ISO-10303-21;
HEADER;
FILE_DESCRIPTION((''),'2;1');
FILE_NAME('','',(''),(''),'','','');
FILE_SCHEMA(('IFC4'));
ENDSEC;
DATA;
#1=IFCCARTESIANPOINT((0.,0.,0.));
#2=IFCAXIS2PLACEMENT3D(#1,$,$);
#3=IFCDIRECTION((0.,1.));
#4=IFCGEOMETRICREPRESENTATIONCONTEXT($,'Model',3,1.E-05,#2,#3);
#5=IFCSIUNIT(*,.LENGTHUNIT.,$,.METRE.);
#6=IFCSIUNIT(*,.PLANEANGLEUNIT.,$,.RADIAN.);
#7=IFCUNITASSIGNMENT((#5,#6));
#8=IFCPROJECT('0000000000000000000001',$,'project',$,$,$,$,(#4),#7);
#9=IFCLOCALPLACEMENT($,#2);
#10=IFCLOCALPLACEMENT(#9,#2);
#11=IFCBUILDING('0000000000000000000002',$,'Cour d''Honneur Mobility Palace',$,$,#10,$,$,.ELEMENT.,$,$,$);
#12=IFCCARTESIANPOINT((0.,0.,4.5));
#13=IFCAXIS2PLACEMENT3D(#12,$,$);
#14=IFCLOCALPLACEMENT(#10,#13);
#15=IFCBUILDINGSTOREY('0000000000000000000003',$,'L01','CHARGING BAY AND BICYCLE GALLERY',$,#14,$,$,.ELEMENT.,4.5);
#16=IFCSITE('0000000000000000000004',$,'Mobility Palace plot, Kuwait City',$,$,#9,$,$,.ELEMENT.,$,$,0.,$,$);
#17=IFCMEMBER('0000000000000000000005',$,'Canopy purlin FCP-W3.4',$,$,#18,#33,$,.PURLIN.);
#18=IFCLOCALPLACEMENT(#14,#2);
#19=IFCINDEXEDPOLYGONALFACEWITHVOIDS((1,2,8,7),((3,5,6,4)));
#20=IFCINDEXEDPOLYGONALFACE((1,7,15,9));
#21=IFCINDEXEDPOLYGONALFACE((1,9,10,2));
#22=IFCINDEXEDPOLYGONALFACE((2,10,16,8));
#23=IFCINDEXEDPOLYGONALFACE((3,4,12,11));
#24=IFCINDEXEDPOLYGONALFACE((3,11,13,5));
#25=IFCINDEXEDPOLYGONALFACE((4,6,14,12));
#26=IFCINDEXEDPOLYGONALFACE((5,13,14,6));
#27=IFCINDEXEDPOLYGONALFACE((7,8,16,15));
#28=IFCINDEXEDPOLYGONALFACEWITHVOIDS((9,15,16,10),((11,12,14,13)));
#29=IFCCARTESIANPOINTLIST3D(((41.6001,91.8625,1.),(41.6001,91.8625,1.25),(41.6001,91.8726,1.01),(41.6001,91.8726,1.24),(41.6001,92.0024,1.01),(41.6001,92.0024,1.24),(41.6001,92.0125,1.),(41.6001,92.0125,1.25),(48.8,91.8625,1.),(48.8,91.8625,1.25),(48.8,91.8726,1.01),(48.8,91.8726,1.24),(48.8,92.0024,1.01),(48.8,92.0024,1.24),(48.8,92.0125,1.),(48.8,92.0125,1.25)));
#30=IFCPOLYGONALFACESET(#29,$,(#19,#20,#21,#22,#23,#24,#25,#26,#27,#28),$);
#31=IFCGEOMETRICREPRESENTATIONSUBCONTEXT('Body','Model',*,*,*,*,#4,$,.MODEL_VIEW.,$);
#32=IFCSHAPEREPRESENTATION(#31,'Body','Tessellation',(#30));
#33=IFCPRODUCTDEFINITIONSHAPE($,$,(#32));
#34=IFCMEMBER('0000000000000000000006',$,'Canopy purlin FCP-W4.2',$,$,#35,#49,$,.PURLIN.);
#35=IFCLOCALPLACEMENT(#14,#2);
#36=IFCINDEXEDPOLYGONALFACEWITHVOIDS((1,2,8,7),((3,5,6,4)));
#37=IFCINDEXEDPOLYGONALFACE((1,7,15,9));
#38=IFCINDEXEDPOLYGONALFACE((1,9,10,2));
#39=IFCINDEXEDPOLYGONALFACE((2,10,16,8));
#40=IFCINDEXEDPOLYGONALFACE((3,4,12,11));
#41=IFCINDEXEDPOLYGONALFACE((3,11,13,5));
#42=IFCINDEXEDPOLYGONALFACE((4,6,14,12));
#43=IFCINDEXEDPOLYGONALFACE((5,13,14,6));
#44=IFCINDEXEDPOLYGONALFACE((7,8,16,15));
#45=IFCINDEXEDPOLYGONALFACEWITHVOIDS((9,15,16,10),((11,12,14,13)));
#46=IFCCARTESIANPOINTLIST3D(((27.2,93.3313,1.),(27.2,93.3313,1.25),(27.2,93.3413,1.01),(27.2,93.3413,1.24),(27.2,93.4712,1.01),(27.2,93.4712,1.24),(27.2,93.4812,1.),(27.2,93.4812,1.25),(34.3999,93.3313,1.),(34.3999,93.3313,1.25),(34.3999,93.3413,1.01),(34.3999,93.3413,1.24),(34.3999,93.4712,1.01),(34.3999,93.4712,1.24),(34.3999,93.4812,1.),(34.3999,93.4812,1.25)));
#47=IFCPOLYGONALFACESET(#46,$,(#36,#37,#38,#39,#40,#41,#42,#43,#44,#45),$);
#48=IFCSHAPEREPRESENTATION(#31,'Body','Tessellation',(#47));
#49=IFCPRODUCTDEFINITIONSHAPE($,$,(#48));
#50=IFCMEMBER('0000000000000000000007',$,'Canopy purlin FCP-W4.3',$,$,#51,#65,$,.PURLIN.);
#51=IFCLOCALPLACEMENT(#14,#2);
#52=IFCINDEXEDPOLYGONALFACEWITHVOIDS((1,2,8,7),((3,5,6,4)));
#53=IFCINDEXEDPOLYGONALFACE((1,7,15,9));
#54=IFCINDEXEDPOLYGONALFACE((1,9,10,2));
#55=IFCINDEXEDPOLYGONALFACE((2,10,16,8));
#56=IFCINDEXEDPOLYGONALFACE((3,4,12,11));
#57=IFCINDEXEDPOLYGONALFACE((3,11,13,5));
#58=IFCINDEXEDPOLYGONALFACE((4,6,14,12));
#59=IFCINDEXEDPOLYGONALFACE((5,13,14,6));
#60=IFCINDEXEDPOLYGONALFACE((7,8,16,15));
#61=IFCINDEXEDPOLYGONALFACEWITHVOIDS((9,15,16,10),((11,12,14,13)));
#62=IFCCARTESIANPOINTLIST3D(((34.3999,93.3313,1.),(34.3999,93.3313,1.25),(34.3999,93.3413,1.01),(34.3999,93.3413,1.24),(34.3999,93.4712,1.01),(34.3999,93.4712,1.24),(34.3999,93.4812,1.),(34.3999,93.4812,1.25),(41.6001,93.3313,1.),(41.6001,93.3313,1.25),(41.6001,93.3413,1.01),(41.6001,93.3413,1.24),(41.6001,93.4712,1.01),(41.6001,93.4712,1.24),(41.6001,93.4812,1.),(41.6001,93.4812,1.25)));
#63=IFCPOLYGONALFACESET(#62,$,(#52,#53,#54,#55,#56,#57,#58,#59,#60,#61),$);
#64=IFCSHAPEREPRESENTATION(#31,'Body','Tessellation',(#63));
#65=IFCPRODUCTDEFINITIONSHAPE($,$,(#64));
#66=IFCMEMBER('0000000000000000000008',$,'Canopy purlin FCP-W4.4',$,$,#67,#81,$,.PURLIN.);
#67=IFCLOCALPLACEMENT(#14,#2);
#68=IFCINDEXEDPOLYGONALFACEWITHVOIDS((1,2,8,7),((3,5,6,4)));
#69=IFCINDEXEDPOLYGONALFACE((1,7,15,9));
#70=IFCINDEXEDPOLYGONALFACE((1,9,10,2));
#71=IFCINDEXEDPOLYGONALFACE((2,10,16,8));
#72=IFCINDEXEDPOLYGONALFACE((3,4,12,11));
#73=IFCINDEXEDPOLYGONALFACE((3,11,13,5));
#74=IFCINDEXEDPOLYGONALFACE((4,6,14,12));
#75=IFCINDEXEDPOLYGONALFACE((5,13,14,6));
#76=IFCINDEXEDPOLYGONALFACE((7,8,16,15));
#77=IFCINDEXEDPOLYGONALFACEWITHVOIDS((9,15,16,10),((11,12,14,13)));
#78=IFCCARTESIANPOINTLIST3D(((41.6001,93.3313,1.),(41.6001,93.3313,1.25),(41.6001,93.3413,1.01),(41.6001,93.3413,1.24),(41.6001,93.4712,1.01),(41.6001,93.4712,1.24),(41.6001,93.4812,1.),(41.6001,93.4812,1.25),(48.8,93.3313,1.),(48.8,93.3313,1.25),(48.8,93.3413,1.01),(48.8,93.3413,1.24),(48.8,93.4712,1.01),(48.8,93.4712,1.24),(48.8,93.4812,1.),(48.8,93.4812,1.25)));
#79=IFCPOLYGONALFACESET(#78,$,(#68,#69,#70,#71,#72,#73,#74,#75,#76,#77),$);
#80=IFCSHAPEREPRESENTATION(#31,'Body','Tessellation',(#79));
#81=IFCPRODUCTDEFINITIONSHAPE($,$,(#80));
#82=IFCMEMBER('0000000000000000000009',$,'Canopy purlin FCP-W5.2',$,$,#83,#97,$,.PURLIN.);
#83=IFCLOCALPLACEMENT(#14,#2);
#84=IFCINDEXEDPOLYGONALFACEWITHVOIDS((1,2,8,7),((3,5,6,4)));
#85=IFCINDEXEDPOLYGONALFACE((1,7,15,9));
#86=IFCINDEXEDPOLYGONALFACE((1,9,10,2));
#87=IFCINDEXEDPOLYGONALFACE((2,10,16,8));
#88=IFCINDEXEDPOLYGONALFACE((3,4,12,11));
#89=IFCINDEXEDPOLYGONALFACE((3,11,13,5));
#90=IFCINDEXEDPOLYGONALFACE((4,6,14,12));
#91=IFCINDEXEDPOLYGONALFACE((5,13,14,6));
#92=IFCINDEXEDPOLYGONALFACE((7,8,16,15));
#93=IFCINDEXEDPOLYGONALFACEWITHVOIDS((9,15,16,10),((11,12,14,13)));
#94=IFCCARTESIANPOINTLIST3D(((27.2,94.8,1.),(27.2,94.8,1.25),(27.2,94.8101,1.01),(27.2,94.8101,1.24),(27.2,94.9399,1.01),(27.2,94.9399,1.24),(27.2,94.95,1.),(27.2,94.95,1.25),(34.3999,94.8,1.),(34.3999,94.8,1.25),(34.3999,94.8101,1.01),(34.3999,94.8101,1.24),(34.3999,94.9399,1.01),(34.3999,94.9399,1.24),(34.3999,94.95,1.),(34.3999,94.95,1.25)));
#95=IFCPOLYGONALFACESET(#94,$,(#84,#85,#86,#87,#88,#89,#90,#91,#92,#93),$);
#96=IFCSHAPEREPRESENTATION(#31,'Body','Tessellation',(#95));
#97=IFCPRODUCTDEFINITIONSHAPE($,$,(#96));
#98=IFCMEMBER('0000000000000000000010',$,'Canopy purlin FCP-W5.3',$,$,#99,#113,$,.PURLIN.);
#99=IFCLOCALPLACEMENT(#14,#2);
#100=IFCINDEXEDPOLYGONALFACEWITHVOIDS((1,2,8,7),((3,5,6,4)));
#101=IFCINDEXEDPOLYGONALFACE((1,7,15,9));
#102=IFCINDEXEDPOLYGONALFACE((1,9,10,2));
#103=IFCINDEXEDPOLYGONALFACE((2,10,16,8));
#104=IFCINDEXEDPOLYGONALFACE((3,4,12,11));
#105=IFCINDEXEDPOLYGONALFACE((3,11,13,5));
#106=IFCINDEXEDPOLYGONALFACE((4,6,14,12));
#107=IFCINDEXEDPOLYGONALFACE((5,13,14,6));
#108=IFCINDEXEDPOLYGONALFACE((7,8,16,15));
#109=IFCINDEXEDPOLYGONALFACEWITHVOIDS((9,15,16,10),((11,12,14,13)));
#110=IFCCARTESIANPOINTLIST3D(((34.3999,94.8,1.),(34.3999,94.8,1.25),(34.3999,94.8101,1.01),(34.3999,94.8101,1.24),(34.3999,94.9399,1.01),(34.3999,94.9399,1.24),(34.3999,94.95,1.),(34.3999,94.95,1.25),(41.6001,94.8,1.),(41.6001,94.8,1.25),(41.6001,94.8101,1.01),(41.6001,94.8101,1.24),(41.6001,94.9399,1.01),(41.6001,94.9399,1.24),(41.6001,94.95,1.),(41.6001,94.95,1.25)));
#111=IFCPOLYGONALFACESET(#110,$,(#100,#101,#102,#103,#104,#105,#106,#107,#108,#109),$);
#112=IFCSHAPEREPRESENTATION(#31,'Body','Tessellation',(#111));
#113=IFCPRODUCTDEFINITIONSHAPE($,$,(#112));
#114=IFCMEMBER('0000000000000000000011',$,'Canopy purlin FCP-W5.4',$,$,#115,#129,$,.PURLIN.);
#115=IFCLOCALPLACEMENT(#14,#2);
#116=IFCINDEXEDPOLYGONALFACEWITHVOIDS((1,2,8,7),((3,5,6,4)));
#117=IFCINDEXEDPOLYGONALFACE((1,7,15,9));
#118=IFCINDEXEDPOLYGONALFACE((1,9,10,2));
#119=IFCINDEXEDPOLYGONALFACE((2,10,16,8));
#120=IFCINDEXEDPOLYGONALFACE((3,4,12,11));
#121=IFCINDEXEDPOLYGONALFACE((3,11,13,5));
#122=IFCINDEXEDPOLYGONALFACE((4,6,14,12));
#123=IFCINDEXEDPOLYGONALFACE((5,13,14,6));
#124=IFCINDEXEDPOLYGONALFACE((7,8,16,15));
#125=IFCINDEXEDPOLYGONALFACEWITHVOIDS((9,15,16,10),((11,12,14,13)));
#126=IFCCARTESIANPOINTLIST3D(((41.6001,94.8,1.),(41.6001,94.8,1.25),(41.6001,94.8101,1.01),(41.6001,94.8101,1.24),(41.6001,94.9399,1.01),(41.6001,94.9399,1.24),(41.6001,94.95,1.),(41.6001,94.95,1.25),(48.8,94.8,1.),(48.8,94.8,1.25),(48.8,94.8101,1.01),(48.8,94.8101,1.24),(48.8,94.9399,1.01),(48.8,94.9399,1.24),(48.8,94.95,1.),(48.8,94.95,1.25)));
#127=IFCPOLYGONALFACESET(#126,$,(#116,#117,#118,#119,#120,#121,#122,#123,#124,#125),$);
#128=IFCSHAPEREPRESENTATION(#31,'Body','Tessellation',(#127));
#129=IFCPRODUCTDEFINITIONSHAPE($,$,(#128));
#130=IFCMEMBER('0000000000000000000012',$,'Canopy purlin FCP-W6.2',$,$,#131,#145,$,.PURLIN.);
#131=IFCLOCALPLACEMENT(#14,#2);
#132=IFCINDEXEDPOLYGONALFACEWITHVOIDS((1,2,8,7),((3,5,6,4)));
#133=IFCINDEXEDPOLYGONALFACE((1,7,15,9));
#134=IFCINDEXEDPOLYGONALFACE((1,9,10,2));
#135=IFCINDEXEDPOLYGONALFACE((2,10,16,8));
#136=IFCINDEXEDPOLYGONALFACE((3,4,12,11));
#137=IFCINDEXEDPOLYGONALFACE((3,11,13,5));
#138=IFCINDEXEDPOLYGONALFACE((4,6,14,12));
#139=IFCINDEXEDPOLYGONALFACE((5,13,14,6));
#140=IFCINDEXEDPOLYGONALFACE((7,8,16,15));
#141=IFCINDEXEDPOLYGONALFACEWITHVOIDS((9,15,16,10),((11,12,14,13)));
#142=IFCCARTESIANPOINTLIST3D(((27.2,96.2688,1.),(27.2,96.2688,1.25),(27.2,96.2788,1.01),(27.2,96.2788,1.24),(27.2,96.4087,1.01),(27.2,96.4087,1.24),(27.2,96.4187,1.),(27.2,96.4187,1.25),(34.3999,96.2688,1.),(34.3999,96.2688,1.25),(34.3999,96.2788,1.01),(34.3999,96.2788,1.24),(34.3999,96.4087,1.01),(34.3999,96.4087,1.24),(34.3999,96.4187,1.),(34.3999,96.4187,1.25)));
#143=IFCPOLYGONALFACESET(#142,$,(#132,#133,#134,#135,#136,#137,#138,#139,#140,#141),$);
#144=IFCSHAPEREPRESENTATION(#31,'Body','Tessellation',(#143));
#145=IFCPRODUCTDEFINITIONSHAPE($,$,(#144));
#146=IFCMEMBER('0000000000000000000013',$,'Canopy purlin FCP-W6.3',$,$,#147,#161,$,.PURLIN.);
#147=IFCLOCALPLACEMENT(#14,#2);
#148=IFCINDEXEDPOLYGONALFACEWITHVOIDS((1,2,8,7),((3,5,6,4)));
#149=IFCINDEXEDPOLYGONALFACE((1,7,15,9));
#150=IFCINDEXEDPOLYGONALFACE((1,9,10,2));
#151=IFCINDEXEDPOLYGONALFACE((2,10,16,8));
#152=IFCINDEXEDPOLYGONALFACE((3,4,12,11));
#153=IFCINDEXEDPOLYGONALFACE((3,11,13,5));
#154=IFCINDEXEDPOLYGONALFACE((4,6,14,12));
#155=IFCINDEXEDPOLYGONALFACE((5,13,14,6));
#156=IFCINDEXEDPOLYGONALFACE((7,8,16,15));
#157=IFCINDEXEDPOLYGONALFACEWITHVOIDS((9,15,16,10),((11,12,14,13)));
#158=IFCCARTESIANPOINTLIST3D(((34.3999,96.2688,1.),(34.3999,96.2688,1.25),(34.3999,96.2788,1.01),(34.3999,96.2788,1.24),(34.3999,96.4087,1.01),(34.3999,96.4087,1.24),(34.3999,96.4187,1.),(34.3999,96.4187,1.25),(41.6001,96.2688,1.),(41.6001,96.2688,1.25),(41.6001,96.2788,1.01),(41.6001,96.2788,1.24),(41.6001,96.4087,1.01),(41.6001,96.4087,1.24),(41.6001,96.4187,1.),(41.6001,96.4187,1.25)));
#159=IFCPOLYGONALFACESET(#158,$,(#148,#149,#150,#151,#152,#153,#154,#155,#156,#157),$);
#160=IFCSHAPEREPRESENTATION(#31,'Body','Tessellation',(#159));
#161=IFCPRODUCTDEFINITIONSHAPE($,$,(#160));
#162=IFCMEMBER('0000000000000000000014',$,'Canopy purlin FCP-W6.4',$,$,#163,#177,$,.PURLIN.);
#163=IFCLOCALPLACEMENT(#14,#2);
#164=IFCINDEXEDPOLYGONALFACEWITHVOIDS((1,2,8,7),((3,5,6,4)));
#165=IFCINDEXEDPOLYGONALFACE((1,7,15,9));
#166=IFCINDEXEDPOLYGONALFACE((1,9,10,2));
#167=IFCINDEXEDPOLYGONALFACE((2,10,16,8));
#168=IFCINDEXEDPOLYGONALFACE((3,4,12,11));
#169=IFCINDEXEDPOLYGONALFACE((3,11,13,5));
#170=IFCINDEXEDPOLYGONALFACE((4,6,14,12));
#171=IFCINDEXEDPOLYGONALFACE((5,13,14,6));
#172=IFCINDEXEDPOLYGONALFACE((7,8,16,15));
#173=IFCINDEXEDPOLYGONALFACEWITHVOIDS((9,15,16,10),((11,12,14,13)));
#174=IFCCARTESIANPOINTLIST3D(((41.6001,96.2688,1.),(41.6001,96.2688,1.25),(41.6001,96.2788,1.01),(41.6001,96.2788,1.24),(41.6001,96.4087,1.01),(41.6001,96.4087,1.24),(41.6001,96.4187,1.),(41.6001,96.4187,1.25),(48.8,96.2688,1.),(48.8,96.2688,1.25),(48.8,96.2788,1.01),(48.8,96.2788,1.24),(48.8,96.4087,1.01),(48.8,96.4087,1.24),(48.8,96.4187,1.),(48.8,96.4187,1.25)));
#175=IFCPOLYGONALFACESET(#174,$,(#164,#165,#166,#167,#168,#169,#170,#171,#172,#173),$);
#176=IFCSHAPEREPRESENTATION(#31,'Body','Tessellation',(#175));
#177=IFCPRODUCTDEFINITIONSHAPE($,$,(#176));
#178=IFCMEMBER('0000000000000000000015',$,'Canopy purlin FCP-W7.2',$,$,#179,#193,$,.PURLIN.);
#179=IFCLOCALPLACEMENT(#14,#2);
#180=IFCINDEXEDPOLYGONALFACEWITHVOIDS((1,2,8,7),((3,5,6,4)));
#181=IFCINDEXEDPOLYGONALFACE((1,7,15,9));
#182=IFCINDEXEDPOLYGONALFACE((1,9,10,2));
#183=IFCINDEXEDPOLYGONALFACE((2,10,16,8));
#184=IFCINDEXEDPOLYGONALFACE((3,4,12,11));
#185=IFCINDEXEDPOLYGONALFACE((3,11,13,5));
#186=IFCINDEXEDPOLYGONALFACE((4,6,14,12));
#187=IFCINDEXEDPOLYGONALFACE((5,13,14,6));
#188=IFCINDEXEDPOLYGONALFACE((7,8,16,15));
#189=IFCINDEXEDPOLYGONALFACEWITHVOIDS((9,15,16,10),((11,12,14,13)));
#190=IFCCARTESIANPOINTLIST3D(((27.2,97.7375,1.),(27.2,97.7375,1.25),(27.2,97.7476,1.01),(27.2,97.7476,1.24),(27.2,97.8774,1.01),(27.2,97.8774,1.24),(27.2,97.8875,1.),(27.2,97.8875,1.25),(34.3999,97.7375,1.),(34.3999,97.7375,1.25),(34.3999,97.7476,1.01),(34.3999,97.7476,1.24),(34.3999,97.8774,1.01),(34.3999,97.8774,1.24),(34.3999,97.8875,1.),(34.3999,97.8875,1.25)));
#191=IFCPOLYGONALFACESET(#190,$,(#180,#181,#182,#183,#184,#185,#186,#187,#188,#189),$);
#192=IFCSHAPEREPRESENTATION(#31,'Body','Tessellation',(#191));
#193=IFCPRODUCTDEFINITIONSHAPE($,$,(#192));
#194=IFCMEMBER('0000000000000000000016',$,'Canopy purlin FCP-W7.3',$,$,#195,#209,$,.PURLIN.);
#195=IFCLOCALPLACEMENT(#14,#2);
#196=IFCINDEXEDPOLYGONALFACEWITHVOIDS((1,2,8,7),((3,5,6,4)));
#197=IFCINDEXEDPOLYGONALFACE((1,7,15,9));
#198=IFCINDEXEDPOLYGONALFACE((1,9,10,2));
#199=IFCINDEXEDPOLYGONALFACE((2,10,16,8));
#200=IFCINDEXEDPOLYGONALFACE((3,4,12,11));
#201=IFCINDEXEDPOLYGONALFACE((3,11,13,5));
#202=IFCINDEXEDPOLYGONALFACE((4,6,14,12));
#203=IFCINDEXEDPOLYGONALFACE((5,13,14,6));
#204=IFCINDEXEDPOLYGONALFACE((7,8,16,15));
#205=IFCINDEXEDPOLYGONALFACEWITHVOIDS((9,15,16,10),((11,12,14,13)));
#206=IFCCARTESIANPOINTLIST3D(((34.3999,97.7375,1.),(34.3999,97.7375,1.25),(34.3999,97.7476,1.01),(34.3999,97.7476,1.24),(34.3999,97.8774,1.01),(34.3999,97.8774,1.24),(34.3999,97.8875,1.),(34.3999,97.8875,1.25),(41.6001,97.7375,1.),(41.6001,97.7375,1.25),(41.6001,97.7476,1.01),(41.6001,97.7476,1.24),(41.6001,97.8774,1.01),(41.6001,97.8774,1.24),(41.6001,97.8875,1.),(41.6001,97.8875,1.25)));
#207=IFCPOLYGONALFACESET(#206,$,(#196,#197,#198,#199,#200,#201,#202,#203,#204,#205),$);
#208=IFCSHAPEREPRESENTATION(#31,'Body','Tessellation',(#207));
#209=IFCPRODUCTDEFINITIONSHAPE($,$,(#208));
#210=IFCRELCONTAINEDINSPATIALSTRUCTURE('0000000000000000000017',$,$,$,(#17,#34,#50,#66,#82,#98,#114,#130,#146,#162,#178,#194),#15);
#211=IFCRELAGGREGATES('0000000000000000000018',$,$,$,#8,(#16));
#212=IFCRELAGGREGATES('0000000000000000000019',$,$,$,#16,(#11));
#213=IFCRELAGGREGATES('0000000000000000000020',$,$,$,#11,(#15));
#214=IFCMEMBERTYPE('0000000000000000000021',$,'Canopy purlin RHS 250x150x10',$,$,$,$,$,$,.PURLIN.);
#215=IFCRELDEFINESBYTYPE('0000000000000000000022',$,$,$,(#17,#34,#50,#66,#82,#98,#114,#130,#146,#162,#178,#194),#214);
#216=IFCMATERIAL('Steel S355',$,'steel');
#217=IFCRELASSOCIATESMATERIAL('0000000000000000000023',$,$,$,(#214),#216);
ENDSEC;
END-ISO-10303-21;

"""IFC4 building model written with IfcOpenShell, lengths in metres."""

from ifc_helpers import new_model, si_unit, direction, frame, origin, origin_2d, place, context, subcontext, project, spatial, hollow_rectangle, extrude, material, material_profile, profile_set, type_object, element, save


model = new_model("IFC4")

# Units and contexts
model_context = context("Model", 3, precision=1e-05, world=origin(), true_north=direction((0.0, 1.0)))
body_context = subcontext(model_context, "Body", "Model", "MODEL_VIEW")
ifc_project = project(units=[si_unit("LENGTHUNIT", "METRE"), si_unit("PLANEANGLEUNIT", "RADIAN")], contexts=[model_context])

# Site, building, storey
site_placement = place(None, origin())
site = spatial("IfcSite", under=ifc_project, at=site_placement, Name="Mobility Palace plot, Kuwait City", CompositionType="ELEMENT", RefElevation=0.0)
building_placement = place(site_placement, origin())
building = spatial("IfcBuilding", under=site, at=building_placement, Name="Cour d'Honneur Mobility Palace", CompositionType="ELEMENT")
storey_placement = place(building_placement, frame((0.0, 0.0, 4.5)))
storey = spatial("IfcBuildingStorey", under=building, at=storey_placement, Name="L01", Description="CHARGING BAY AND BICYCLE GALLERY", CompositionType="ELEMENT", Elevation=4.5)

# Members
ifc_material_1 = material(Name="Steel S355", Category="steel")
ifc_material_profile_1 = material_profile(ifc_material_1, hollow_rectangle(XDim=0.1499, YDim=0.25, WallThickness=0.01, at=origin_2d()), Name="RHS 250x150x10")
ifc_profile_set_1 = profile_set([ifc_material_profile_1], Name="Steel S355")
member_type = type_object("IfcMemberType", Name="Canopy purlin RHS 250x150x10", PredefinedType="PURLIN", material=ifc_profile_set_1)
for number, where, z_axis, x_axis, name in (
    (1, (41.6001, 91.9375, 1.125), (1.0, 0.0, 0.0), (0.0, 1.0, 0.0), "Canopy purlin FCP-W3.4"),
    (2, (27.2, 93.4062, 1.125), (1.0, 0.0, 0.0), (0.0, 1.0, 0.0), "Canopy purlin FCP-W4.2"),
):
    element("IfcMember", number, at=place(storey_placement, frame(where, z_axis=z_axis, x_axis=x_axis)), inside=storey, type_object=member_type, Name=name, PredefinedType="PURLIN", context=body_context, shape_type="SweptSolid", body=[
        extrude(hollow_rectangle(XDim=0.1499, YDim=0.25, WallThickness=0.01, at=origin_2d()), origin(), (0.0, 0.0, 1.0), 7.2),
    ])
member_1_placement = place(storey_placement, frame((34.3999, 93.4062, 1.125), z_axis=(1.0, 0.0, 0.0), x_axis=(0.0, 1.0, 0.0)))
element("IfcMember", 3, at=member_1_placement, inside=storey, type_object=member_type, Name="Canopy purlin FCP-W4.3", PredefinedType="PURLIN", context=body_context, shape_type="SweptSolid", body=[
    extrude(hollow_rectangle(XDim=0.1499, YDim=0.25, WallThickness=0.01, at=origin_2d()), origin(), (0.0, 0.0, 1.0), 7.2002),
])
for number, where, z_axis, x_axis, name in (
    (4, (41.6001, 93.4062, 1.125), (1.0, 0.0, 0.0), (0.0, 1.0, 0.0), "Canopy purlin FCP-W4.4"),
    (5, (27.2, 94.875, 1.125), (1.0, 0.0, 0.0), (0.0, 1.0, 0.0), "Canopy purlin FCP-W5.2"),
):
    element("IfcMember", number, at=place(storey_placement, frame(where, z_axis=z_axis, x_axis=x_axis)), inside=storey, type_object=member_type, Name=name, PredefinedType="PURLIN", context=body_context, shape_type="SweptSolid", body=[
        extrude(hollow_rectangle(XDim=0.1499, YDim=0.25, WallThickness=0.01, at=origin_2d()), origin(), (0.0, 0.0, 1.0), 7.2),
    ])
member_2_placement = place(storey_placement, frame((34.3999, 94.875, 1.125), z_axis=(1.0, 0.0, 0.0), x_axis=(0.0, 1.0, 0.0)))
element("IfcMember", 6, at=member_2_placement, inside=storey, type_object=member_type, Name="Canopy purlin FCP-W5.3", PredefinedType="PURLIN", context=body_context, shape_type="SweptSolid", body=[
    extrude(hollow_rectangle(XDim=0.1499, YDim=0.25, WallThickness=0.01, at=origin_2d()), origin(), (0.0, 0.0, 1.0), 7.2002),
])
for number, where, z_axis, x_axis, name in (
    (7, (41.6001, 94.875, 1.125), (1.0, 0.0, 0.0), (0.0, 1.0, 0.0), "Canopy purlin FCP-W5.4"),
    (8, (27.2, 96.3438, 1.125), (1.0, 0.0, 0.0), (0.0, 1.0, 0.0), "Canopy purlin FCP-W6.2"),
):
    element("IfcMember", number, at=place(storey_placement, frame(where, z_axis=z_axis, x_axis=x_axis)), inside=storey, type_object=member_type, Name=name, PredefinedType="PURLIN", context=body_context, shape_type="SweptSolid", body=[
        extrude(hollow_rectangle(XDim=0.1499, YDim=0.25, WallThickness=0.01, at=origin_2d()), origin(), (0.0, 0.0, 1.0), 7.2),
    ])
member_3_placement = place(storey_placement, frame((34.3999, 96.3438, 1.125), z_axis=(1.0, 0.0, 0.0), x_axis=(0.0, 1.0, 0.0)))
element("IfcMember", 9, at=member_3_placement, inside=storey, type_object=member_type, Name="Canopy purlin FCP-W6.3", PredefinedType="PURLIN", context=body_context, shape_type="SweptSolid", body=[
    extrude(hollow_rectangle(XDim=0.1499, YDim=0.25, WallThickness=0.01, at=origin_2d()), origin(), (0.0, 0.0, 1.0), 7.2002),
])
for number, where, z_axis, x_axis, name in (
    (10, (41.6001, 96.3438, 1.125), (1.0, 0.0, 0.0), (0.0, 1.0, 0.0), "Canopy purlin FCP-W6.4"),
    (11, (27.2, 97.8125, 1.125), (1.0, 0.0, 0.0), (0.0, 1.0, 0.0), "Canopy purlin FCP-W7.2"),
):
    element("IfcMember", number, at=place(storey_placement, frame(where, z_axis=z_axis, x_axis=x_axis)), inside=storey, type_object=member_type, Name=name, PredefinedType="PURLIN", context=body_context, shape_type="SweptSolid", body=[
        extrude(hollow_rectangle(XDim=0.1499, YDim=0.25, WallThickness=0.01, at=origin_2d()), origin(), (0.0, 0.0, 1.0), 7.2),
    ])
member_4_placement = place(storey_placement, frame((34.3999, 97.8125, 1.125), z_axis=(1.0, 0.0, 0.0), x_axis=(0.0, 1.0, 0.0)))
element("IfcMember", 12, at=member_4_placement, inside=storey, type_object=member_type, Name="Canopy purlin FCP-W7.3", PredefinedType="PURLIN", context=body_context, shape_type="SweptSolid", body=[
    extrude(hollow_rectangle(XDim=0.1499, YDim=0.25, WallThickness=0.01, at=origin_2d()), origin(), (0.0, 0.0, 1.0), 7.2002),
])

save(model, "model.ifc")
